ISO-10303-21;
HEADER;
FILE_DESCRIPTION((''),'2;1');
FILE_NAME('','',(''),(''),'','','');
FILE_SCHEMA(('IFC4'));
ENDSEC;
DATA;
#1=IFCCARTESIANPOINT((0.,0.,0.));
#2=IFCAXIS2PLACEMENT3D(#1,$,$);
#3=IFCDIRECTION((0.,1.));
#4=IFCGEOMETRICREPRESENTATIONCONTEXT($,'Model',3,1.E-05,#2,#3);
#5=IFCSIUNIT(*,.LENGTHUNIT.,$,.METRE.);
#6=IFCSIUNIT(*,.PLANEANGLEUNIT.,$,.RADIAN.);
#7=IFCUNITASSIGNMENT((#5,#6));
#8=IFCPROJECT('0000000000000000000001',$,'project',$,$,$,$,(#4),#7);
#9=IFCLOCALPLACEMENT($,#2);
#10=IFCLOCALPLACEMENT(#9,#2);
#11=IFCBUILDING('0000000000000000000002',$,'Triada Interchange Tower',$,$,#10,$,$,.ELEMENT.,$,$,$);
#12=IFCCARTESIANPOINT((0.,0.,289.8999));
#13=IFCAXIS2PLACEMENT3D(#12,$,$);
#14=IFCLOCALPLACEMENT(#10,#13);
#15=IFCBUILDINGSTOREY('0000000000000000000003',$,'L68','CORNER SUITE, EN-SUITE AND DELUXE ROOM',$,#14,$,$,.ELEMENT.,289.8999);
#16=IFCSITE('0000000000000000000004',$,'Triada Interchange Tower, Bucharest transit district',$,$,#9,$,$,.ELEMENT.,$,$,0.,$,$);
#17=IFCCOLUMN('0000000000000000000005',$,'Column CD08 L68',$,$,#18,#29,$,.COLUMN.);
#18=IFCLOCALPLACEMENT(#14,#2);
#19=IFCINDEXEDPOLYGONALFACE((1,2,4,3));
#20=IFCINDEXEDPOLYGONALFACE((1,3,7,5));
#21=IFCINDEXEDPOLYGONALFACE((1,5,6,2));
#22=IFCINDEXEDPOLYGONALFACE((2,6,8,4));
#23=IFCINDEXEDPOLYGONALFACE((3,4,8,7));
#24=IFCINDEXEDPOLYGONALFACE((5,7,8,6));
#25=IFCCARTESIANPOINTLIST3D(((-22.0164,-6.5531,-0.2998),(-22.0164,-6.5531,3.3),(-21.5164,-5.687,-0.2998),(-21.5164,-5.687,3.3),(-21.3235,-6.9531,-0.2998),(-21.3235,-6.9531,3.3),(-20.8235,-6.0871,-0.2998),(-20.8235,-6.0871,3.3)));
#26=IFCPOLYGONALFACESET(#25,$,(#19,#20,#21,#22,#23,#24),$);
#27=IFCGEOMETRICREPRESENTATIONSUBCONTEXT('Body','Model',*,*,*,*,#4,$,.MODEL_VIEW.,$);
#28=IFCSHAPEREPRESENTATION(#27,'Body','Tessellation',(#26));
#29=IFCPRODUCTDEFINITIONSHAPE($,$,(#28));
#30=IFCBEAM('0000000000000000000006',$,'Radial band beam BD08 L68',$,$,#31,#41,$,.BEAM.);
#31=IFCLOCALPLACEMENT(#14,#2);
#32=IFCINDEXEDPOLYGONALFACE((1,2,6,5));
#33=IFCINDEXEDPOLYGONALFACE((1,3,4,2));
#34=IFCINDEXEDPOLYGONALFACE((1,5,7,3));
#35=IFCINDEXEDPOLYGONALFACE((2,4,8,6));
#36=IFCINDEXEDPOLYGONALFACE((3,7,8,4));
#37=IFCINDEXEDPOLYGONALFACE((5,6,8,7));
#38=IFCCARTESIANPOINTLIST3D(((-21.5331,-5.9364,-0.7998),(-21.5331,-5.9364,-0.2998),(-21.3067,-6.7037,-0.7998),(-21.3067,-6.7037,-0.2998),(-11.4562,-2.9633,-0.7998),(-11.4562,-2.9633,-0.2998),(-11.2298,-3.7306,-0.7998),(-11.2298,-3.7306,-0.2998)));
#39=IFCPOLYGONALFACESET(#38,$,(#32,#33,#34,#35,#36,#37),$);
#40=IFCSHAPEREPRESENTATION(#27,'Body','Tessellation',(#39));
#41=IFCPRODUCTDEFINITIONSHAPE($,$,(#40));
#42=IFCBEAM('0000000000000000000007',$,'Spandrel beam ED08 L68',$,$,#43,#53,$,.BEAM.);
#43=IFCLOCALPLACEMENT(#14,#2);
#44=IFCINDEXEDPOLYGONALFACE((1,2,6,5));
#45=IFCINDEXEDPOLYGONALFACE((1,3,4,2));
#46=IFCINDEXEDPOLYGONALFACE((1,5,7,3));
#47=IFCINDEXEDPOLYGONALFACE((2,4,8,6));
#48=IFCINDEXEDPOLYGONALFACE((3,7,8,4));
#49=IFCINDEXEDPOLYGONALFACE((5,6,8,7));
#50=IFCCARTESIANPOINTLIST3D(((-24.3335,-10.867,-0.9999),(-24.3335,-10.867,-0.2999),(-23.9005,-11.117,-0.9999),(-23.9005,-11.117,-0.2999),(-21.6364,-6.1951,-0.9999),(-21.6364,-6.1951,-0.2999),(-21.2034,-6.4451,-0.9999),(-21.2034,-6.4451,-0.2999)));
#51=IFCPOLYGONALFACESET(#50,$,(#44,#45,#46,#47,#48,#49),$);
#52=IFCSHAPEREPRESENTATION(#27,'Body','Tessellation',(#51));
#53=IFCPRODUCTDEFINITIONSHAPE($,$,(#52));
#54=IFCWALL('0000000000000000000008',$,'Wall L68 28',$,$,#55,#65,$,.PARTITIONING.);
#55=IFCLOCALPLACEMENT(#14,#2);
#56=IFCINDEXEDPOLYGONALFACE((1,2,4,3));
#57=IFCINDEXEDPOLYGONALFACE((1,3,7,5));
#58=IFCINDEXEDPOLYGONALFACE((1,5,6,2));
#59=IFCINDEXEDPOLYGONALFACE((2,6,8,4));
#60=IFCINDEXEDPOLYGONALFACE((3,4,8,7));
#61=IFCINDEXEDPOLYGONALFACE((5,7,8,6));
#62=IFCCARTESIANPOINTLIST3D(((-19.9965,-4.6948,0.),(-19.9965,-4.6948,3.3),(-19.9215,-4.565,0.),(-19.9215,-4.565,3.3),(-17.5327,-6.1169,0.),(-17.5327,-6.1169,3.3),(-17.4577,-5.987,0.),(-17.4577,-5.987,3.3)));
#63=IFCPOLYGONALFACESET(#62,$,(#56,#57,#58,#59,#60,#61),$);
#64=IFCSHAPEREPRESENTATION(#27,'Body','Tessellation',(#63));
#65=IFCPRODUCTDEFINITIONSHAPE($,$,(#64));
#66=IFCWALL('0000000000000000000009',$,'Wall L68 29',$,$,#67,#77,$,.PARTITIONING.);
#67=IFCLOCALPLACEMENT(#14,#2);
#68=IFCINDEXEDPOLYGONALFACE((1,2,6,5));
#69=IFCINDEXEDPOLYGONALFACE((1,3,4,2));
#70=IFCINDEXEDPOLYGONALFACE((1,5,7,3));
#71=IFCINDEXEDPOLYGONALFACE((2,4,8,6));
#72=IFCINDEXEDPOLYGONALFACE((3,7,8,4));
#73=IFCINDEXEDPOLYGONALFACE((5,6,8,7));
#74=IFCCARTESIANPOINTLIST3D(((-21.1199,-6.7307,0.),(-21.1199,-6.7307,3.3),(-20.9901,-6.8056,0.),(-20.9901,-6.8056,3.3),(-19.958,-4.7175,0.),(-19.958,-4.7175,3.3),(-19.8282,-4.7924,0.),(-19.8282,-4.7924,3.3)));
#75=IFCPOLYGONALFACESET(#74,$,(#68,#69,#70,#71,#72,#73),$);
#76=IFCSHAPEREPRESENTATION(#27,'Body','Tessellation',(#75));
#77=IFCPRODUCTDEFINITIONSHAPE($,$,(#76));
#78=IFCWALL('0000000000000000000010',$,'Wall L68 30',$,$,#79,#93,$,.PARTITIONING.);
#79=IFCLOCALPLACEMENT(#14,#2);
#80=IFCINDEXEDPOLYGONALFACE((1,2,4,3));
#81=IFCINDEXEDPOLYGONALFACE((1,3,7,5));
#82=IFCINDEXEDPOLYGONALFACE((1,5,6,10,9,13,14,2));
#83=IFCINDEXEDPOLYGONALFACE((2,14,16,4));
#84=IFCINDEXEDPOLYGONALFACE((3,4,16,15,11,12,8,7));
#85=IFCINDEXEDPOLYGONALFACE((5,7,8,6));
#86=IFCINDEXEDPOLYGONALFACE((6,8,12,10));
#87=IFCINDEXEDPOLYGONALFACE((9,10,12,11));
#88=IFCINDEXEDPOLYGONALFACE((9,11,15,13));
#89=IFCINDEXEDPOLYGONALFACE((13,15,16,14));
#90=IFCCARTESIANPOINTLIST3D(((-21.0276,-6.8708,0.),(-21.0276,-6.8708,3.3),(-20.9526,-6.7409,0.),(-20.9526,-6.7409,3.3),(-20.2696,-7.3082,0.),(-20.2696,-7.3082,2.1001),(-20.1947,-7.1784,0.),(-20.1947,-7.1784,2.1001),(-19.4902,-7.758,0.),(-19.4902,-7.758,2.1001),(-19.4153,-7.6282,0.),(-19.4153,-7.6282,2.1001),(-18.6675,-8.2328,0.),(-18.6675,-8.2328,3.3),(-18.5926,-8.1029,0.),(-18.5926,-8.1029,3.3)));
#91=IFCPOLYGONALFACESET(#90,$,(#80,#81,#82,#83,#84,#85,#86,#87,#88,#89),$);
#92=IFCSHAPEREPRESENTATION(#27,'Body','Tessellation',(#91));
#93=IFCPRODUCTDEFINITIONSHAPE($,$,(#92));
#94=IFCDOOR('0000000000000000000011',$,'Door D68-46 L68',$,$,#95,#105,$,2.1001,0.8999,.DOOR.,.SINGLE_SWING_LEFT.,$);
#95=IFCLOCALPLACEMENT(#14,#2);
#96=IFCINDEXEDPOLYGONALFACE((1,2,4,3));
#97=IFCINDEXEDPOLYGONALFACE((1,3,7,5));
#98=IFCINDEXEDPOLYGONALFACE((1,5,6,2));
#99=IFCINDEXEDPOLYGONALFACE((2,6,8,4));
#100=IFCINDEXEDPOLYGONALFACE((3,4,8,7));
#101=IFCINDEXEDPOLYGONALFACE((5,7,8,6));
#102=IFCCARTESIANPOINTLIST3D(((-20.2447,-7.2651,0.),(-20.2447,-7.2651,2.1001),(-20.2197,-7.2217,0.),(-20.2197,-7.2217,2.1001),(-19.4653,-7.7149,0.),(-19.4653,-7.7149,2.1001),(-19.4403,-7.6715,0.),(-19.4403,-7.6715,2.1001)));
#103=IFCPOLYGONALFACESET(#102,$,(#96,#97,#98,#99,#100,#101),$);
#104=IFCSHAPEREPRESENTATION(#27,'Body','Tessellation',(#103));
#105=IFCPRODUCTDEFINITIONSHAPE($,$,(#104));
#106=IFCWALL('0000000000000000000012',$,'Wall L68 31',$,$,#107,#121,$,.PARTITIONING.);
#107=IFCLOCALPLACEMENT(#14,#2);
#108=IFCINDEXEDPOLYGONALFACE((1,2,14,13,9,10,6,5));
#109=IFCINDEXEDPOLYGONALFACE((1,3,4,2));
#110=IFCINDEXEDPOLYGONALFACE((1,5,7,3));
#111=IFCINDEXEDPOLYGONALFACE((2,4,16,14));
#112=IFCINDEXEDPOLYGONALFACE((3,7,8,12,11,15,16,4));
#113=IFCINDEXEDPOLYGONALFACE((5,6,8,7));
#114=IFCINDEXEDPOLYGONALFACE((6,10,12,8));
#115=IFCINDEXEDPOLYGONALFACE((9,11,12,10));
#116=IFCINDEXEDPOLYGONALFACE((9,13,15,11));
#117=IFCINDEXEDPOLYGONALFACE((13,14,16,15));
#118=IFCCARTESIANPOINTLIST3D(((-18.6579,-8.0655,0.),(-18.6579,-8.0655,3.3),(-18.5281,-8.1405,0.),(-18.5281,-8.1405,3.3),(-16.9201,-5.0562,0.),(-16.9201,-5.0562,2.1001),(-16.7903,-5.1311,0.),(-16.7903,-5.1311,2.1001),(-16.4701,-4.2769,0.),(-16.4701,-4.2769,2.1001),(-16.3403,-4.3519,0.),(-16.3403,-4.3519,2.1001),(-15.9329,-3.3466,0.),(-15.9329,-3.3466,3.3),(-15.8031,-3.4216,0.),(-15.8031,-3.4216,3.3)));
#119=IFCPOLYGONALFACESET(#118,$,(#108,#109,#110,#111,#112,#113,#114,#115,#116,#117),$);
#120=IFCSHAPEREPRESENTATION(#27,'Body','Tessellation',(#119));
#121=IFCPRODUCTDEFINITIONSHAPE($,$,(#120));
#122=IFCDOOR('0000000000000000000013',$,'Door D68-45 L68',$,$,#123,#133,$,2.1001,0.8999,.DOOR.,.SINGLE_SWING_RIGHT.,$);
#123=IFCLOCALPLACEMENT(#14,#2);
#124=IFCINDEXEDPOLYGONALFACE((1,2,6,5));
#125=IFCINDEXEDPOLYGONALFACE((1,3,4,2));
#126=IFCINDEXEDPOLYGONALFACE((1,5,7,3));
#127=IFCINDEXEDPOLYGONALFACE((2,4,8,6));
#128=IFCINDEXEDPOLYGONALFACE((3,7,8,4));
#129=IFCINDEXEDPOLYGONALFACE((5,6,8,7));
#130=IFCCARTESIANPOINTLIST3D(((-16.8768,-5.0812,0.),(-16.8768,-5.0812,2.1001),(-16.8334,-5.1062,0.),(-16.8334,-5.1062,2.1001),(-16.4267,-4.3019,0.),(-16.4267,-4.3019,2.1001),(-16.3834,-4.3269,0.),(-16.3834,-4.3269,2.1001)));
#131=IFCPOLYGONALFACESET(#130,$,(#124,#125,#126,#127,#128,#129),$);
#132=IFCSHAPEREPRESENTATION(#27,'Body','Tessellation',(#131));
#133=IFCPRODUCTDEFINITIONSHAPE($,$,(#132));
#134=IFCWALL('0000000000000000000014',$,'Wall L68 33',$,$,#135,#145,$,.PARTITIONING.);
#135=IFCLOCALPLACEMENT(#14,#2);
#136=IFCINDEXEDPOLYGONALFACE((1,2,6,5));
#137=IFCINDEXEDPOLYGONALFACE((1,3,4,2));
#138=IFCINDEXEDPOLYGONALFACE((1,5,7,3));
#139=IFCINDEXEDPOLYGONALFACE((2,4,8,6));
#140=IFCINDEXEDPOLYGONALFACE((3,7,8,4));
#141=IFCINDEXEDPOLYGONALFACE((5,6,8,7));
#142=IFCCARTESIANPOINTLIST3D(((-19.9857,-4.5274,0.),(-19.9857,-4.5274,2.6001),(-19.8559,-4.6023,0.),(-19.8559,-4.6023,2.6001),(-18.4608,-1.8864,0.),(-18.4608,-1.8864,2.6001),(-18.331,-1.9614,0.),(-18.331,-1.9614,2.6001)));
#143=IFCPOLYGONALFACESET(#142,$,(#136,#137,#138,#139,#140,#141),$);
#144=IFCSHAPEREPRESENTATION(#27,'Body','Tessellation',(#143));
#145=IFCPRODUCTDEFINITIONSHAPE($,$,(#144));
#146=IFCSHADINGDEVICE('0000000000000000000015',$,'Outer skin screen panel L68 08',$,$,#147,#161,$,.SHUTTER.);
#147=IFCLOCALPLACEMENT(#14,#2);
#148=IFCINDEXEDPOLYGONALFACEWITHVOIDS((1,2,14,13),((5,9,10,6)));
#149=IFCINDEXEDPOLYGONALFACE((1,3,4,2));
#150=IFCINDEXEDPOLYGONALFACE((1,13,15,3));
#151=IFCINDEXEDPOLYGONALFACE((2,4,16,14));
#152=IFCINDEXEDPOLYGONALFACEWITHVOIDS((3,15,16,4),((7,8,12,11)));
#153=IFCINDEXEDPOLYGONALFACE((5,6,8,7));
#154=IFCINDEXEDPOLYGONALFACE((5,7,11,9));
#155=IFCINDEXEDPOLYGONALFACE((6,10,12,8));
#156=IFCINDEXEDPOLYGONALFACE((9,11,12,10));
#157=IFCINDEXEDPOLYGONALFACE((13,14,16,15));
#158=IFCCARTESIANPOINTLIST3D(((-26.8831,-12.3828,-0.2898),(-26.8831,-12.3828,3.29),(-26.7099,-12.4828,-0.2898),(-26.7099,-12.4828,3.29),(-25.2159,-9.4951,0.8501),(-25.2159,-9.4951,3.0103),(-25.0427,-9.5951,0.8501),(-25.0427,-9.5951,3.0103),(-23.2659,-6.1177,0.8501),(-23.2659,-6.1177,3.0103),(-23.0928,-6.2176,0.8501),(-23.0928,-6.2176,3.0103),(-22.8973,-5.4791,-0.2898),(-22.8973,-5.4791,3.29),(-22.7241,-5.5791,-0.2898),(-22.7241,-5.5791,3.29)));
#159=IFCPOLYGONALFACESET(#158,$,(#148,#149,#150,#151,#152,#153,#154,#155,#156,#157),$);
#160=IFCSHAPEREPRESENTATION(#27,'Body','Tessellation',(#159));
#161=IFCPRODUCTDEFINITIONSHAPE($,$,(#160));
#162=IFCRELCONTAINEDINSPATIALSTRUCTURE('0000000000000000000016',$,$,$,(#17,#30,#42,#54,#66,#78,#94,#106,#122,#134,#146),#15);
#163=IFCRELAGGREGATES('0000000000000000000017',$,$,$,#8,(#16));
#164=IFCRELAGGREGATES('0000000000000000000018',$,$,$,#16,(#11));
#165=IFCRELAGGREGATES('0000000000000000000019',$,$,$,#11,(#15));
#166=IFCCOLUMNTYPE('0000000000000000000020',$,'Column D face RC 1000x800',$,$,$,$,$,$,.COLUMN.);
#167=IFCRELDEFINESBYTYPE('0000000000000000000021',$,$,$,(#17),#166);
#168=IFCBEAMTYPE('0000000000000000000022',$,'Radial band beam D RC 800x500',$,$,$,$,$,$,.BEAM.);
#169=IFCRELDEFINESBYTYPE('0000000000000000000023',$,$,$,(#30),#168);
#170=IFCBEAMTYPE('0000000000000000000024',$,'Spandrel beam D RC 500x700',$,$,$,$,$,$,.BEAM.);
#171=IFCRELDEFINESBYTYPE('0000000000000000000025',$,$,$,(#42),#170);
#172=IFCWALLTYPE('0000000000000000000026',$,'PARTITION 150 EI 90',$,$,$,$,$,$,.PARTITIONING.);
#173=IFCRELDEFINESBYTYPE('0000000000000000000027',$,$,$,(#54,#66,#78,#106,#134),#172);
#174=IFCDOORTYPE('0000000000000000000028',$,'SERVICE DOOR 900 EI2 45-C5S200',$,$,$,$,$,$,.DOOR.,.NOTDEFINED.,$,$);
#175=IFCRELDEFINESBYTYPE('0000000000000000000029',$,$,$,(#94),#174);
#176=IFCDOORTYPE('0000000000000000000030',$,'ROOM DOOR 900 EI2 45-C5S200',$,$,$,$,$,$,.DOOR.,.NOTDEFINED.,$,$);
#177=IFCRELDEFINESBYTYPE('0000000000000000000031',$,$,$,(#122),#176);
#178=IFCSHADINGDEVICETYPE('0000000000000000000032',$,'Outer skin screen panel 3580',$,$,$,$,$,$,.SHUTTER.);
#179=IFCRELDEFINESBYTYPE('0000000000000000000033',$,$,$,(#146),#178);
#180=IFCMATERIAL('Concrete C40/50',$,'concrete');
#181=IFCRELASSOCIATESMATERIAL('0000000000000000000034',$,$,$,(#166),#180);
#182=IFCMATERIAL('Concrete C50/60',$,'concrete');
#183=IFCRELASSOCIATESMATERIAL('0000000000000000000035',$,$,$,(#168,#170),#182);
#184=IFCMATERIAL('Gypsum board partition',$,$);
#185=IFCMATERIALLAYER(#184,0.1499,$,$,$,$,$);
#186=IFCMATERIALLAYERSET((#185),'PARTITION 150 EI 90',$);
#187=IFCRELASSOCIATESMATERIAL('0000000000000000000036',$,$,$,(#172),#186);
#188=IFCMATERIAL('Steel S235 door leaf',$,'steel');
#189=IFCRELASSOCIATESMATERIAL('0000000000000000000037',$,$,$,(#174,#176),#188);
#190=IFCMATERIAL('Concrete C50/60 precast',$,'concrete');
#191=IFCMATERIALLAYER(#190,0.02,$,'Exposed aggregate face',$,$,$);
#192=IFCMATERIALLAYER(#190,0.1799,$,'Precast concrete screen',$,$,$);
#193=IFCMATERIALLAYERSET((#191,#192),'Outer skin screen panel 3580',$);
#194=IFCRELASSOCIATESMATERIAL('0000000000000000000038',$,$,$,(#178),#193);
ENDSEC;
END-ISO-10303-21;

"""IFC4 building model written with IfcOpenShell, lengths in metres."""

from ifc_helpers import new_model, si_unit, direction, frame, frame_2d, origin, origin_2d, place, context, subcontext, project, spatial, polyline, rectangle, outline, extrude, material, layer, layer_set, material_profile, profile_set, type_object, element, fill, save


model = new_model("IFC4")

# Units and contexts
model_context = context("Model", 3, precision=1e-05, world=origin(), true_north=direction((0.0, 1.0)))
body_context = subcontext(model_context, "Body", "Model", "MODEL_VIEW")
ifc_project = project(units=[si_unit("LENGTHUNIT", "METRE"), si_unit("PLANEANGLEUNIT", "RADIAN")], contexts=[model_context])

# Site, building, storey
site_placement = place(None, origin())
site = spatial("IfcSite", under=ifc_project, at=site_placement, Name="Triada Interchange Tower, Bucharest transit district", CompositionType="ELEMENT", RefElevation=0.0)
building_placement = place(site_placement, origin())
building = spatial("IfcBuilding", under=site, at=building_placement, Name="Triada Interchange Tower", CompositionType="ELEMENT")
storey_placement = place(building_placement, frame((0.0, 0.0, 289.8999)))
storey = spatial("IfcBuildingStorey", under=building, at=storey_placement, Name="L68", Description="CORNER SUITE, EN-SUITE AND DELUXE ROOM", CompositionType="ELEMENT", Elevation=289.8999)

# Column
ifc_material_1 = material(Name="Concrete C40/50", Category="concrete")
ifc_material_profile_1 = material_profile(ifc_material_1, rectangle(XDim=1.0, YDim=0.8, at=origin_2d()), Name="RC 1000x800")
ifc_profile_set_1 = profile_set([ifc_material_profile_1], Name="Concrete C40/50")
column_type = type_object("IfcColumnType", Name="Column D face RC 1000x800", PredefinedType="COLUMN", material=ifc_profile_set_1)
column_placement = place(storey_placement, frame((-21.4199, -6.3201, -0.2998), z_axis=(0.0, 0.0, 1.0), x_axis=(0.5, 0.866025, 0.0)))
element("IfcColumn", 1, at=column_placement, inside=storey, type_object=column_type, Name="Column CD08 L68", PredefinedType="COLUMN", context=body_context, shape_type="SweptSolid", body=[
    extrude(rectangle(XDim=1.0, YDim=0.8, at=origin_2d()), origin(), (0.0, 0.0, 1.0), 3.5999),
])

# Beams
ifc_material_2 = material(Name="Concrete C50/60", Category="concrete")
ifc_material_profile_2 = material_profile(ifc_material_2, rectangle(XDim=0.8, YDim=0.5, at=origin_2d()), Name="RC 800x500")
ifc_profile_set_2 = profile_set([ifc_material_profile_2], Name="Concrete C50/60")
beam_type_1 = type_object("IfcBeamType", Name="Radial band beam D RC 800x500", PredefinedType="BEAM", material=ifc_profile_set_2)
beam_1_placement = place(storey_placement, frame((-21.4199, -6.3201, -0.5498), z_axis=(0.959124, 0.282985, 0.0), x_axis=(-0.282985, 0.959124, 0.0)))
element("IfcBeam", 2, at=beam_1_placement, inside=storey, type_object=beam_type_1, Name="Radial band beam BD08 L68", PredefinedType="BEAM", context=body_context, shape_type="SweptSolid", body=[
    extrude(rectangle(XDim=0.8, YDim=0.5, at=origin_2d()), origin(), (0.0, 0.0, 1.0), 10.5063),
])
ifc_material_profile_3 = material_profile(ifc_material_2, rectangle(XDim=0.5, YDim=0.7, at=origin_2d()), Name="RC 500x700")
ifc_profile_set_3 = profile_set([ifc_material_profile_3], Name="Concrete C50/60")
beam_type_2 = type_object("IfcBeamType", Name="Spandrel beam D RC 500x700", PredefinedType="BEAM", material=ifc_profile_set_3)
beam_2_placement = place(storey_placement, frame((-21.4199, -6.3201, -0.6499), z_axis=(-0.49996, -0.866048, 0.0), x_axis=(0.866048, -0.49996, 0.0)))
element("IfcBeam", 3, at=beam_2_placement, inside=storey, type_object=beam_type_2, Name="Spandrel beam ED08 L68", PredefinedType="BEAM", context=body_context, shape_type="SweptSolid", body=[
    extrude(rectangle(XDim=0.5, YDim=0.7, at=origin_2d()), origin(), (0.0, 0.0, 1.0), 5.3945),
])

# Walls
ifc_material_3 = material(Name="Gypsum board partition")
ifc_layer_1 = layer(ifc_material_3, 0.1499)
ifc_layer_set_1 = layer_set([ifc_layer_1], Name="PARTITION 150 EI 90")
wall_type = type_object("IfcWallType", Name="PARTITION 150 EI 90", PredefinedType="PARTITIONING", material=ifc_layer_set_1)
wall_1_placement = place(storey_placement, frame((-19.959, -4.6299, 0.0), z_axis=(0.0, 0.0, 1.0), x_axis=(0.866086, -0.499896, 0.0)))
element("IfcWall", 4, at=wall_1_placement, inside=storey, type_object=wall_type, Name="Wall L68 28", PredefinedType="PARTITIONING", context=body_context, shape_type="SweptSolid", body=[
    extrude(rectangle(XDim=2.8447, YDim=0.1499, at=frame_2d((1.4224, 0.0))), origin(), (0.0, 0.0, 1.0), 3.3),
])
wall_2_placement = place(storey_placement, frame((-21.0549, -6.7681, 0.0), z_axis=(0.0, 0.0, 1.0), x_axis=(0.499856, 0.866109, 0.0)))
element("IfcWall", 5, at=wall_2_placement, inside=storey, type_object=wall_type, Name="Wall L68 29", PredefinedType="PARTITIONING", context=body_context, shape_type="SweptSolid", body=[
    extrude(rectangle(XDim=2.3245, YDim=0.1499, at=frame_2d((1.1621, 0.0))), origin(), (0.0, 0.0, 1.0), 3.3),
])

# Walls, openings, doors
wall_3_placement = place(storey_placement, frame((-20.99, -6.8059, 0.0), z_axis=(0.0, 0.0, 1.0), x_axis=(0.866112, -0.499849, 0.0)))
wall_3 = element("IfcWall", 6, at=wall_3_placement, inside=storey, type_object=wall_type, Name="Wall L68 30", PredefinedType="PARTITIONING", context=body_context, shape_type="SweptSolid", body=[
    extrude(rectangle(XDim=2.7249, YDim=0.1499, at=frame_2d((1.3623, 0.0))), origin(), (0.0, 0.0, 1.0), 3.3),
])
opening_1_placement = place(wall_3_placement, frame((0.875, 0.0, 0.0)))
opening_1 = element("IfcOpeningElement", 7, at=opening_1_placement, cuts=wall_3, PredefinedType="OPENING", context=body_context, shape_type="SweptSolid", body=[
    extrude(rectangle(XDim=0.8999, YDim=2.1001, at=frame_2d((0.45, 1.05))), frame((0.0, 0.085, 0.0), z_axis=(0.0, -1.0, 0.0), x_axis=(1.0, 0.0, 0.0)), (0.0, 0.0, 1.0), 0.1699),
])
ifc_material_4 = material(Name="Steel S235 door leaf", Category="steel")
door_type_1 = type_object("IfcDoorType", Name="SERVICE DOOR 900 EI2 45-C5S200", OperationType="NOTDEFINED", PredefinedType="DOOR", material=ifc_material_4)
door_1_placement = place(opening_1_placement, origin())
door_1 = element("IfcDoor", 8, at=door_1_placement, inside=storey, type_object=door_type_1, Name="Door D68-46 L68", OperationType="SINGLE_SWING_LEFT", OverallHeight=2.1001, OverallWidth=0.8999, PredefinedType="DOOR", context=body_context, shape_type="SweptSolid", body=[
    extrude(rectangle(XDim=0.8999, YDim=2.1001, at=frame_2d((0.45, 1.05))), frame((0.0, 0.0249, 0.0), z_axis=(0.0, -1.0, 0.0), x_axis=(1.0, 0.0, 0.0)), (0.0, 0.0, 1.0), 0.05),
])
fill(opening_1, door_1)
wall_4_placement = place(storey_placement, frame((-18.593, -8.103, 0.0), z_axis=(0.0, 0.0, 1.0), x_axis=(0.500081, 0.865979, 0.0)))
wall_4 = element("IfcWall", 9, at=wall_4_placement, inside=storey, type_object=wall_type, Name="Wall L68 31", PredefinedType="PARTITIONING", context=body_context, shape_type="SweptSolid", body=[
    extrude(rectangle(XDim=5.4492, YDim=0.1499, at=frame_2d((2.7246, 0.0))), origin(), (0.0, 0.0, 1.0), 3.3),
])
opening_2_placement = place(wall_4_placement, frame((3.4751, 0.0, 0.0)))
opening_2 = element("IfcOpeningElement", 10, at=opening_2_placement, cuts=wall_4, PredefinedType="OPENING", context=body_context, shape_type="SweptSolid", body=[
    extrude(rectangle(XDim=0.8999, YDim=2.1001, at=frame_2d((0.45, 1.05))), frame((0.0, 0.085, 0.0), z_axis=(0.0, -1.0, 0.0), x_axis=(1.0, 0.0, 0.0)), (0.0, 0.0, 1.0), 0.1699),
])
door_type_2 = type_object("IfcDoorType", Name="ROOM DOOR 900 EI2 45-C5S200", OperationType="NOTDEFINED", PredefinedType="DOOR", material=ifc_material_4)
door_2_placement = place(opening_2_placement, origin())
door_2 = element("IfcDoor", 11, at=door_2_placement, inside=storey, type_object=door_type_2, Name="Door D68-45 L68", OperationType="SINGLE_SWING_RIGHT", OverallHeight=2.1001, OverallWidth=0.8999, PredefinedType="DOOR", context=body_context, shape_type="SweptSolid", body=[
    extrude(rectangle(XDim=0.8999, YDim=2.1001, at=frame_2d((0.45, 1.05))), frame((0.0, 0.0249, 0.0), z_axis=(0.0, -1.0, 0.0), x_axis=(1.0, 0.0, 0.0)), (0.0, 0.0, 1.0), 0.05),
])
fill(opening_2, door_2)

# Wall
wall_5_placement = place(storey_placement, frame((-19.9209, -4.5649, 0.0), z_axis=(0.0, 0.0, 1.0), x_axis=(0.500048, 0.865998, 0.0)))
element("IfcWall", 12, at=wall_5_placement, inside=storey, type_object=wall_type, Name="Wall L68 33", PredefinedType="PARTITIONING", context=body_context, shape_type="SweptSolid", body=[
    extrude(rectangle(XDim=3.0496, YDim=0.1499, at=frame_2d((1.5249, 0.0))), origin(), (0.0, 0.0, 1.0), 2.6001),
])

# Shading device
ifc_material_5 = material(Name="Concrete C50/60 precast", Category="concrete")
ifc_layer_2 = layer(ifc_material_5, 0.02, Name="Exposed aggregate face")
ifc_layer_3 = layer(ifc_material_5, 0.1799, Name="Precast concrete screen")
ifc_layer_set_2 = layer_set([ifc_layer_2, ifc_layer_3], Name="Outer skin screen panel 3580")
shading_device_type = type_object("IfcShadingDeviceType", Name="Outer skin screen panel 3580", PredefinedType="SHUTTER", material=ifc_layer_set_2)
shading_device_placement = place(storey_placement, frame((-22.7241, -5.5791, -0.2898), z_axis=(0.0, 0.0, 1.0), x_axis=(-0.499993, -0.86603, 0.0)))
element("IfcShadingDevice", 13, at=shading_device_placement, inside=storey, type_object=shading_device_type, Name="Outer skin screen panel L68 08", PredefinedType="SHUTTER", context=body_context, shape_type="SweptSolid", body=[
    extrude(outline(polyline([(0.0, 0.0), (7.9717, 0.0), (7.9717, 3.5798), (0.0, 3.5798), (0.0, 0.0)]), holes=[polyline([(0.7373, 1.1399), (0.7373, 3.3), (4.6372, 3.3), (4.6372, 1.1399), (0.7373, 1.1399)])]), frame((0.0, 0.0, 0.0), z_axis=(0.0, -1.0, 0.0), x_axis=(1.0, 0.0, 0.0)), (0.0, 0.0, 1.0), 0.2),
])

save(model, "model.ifc")
